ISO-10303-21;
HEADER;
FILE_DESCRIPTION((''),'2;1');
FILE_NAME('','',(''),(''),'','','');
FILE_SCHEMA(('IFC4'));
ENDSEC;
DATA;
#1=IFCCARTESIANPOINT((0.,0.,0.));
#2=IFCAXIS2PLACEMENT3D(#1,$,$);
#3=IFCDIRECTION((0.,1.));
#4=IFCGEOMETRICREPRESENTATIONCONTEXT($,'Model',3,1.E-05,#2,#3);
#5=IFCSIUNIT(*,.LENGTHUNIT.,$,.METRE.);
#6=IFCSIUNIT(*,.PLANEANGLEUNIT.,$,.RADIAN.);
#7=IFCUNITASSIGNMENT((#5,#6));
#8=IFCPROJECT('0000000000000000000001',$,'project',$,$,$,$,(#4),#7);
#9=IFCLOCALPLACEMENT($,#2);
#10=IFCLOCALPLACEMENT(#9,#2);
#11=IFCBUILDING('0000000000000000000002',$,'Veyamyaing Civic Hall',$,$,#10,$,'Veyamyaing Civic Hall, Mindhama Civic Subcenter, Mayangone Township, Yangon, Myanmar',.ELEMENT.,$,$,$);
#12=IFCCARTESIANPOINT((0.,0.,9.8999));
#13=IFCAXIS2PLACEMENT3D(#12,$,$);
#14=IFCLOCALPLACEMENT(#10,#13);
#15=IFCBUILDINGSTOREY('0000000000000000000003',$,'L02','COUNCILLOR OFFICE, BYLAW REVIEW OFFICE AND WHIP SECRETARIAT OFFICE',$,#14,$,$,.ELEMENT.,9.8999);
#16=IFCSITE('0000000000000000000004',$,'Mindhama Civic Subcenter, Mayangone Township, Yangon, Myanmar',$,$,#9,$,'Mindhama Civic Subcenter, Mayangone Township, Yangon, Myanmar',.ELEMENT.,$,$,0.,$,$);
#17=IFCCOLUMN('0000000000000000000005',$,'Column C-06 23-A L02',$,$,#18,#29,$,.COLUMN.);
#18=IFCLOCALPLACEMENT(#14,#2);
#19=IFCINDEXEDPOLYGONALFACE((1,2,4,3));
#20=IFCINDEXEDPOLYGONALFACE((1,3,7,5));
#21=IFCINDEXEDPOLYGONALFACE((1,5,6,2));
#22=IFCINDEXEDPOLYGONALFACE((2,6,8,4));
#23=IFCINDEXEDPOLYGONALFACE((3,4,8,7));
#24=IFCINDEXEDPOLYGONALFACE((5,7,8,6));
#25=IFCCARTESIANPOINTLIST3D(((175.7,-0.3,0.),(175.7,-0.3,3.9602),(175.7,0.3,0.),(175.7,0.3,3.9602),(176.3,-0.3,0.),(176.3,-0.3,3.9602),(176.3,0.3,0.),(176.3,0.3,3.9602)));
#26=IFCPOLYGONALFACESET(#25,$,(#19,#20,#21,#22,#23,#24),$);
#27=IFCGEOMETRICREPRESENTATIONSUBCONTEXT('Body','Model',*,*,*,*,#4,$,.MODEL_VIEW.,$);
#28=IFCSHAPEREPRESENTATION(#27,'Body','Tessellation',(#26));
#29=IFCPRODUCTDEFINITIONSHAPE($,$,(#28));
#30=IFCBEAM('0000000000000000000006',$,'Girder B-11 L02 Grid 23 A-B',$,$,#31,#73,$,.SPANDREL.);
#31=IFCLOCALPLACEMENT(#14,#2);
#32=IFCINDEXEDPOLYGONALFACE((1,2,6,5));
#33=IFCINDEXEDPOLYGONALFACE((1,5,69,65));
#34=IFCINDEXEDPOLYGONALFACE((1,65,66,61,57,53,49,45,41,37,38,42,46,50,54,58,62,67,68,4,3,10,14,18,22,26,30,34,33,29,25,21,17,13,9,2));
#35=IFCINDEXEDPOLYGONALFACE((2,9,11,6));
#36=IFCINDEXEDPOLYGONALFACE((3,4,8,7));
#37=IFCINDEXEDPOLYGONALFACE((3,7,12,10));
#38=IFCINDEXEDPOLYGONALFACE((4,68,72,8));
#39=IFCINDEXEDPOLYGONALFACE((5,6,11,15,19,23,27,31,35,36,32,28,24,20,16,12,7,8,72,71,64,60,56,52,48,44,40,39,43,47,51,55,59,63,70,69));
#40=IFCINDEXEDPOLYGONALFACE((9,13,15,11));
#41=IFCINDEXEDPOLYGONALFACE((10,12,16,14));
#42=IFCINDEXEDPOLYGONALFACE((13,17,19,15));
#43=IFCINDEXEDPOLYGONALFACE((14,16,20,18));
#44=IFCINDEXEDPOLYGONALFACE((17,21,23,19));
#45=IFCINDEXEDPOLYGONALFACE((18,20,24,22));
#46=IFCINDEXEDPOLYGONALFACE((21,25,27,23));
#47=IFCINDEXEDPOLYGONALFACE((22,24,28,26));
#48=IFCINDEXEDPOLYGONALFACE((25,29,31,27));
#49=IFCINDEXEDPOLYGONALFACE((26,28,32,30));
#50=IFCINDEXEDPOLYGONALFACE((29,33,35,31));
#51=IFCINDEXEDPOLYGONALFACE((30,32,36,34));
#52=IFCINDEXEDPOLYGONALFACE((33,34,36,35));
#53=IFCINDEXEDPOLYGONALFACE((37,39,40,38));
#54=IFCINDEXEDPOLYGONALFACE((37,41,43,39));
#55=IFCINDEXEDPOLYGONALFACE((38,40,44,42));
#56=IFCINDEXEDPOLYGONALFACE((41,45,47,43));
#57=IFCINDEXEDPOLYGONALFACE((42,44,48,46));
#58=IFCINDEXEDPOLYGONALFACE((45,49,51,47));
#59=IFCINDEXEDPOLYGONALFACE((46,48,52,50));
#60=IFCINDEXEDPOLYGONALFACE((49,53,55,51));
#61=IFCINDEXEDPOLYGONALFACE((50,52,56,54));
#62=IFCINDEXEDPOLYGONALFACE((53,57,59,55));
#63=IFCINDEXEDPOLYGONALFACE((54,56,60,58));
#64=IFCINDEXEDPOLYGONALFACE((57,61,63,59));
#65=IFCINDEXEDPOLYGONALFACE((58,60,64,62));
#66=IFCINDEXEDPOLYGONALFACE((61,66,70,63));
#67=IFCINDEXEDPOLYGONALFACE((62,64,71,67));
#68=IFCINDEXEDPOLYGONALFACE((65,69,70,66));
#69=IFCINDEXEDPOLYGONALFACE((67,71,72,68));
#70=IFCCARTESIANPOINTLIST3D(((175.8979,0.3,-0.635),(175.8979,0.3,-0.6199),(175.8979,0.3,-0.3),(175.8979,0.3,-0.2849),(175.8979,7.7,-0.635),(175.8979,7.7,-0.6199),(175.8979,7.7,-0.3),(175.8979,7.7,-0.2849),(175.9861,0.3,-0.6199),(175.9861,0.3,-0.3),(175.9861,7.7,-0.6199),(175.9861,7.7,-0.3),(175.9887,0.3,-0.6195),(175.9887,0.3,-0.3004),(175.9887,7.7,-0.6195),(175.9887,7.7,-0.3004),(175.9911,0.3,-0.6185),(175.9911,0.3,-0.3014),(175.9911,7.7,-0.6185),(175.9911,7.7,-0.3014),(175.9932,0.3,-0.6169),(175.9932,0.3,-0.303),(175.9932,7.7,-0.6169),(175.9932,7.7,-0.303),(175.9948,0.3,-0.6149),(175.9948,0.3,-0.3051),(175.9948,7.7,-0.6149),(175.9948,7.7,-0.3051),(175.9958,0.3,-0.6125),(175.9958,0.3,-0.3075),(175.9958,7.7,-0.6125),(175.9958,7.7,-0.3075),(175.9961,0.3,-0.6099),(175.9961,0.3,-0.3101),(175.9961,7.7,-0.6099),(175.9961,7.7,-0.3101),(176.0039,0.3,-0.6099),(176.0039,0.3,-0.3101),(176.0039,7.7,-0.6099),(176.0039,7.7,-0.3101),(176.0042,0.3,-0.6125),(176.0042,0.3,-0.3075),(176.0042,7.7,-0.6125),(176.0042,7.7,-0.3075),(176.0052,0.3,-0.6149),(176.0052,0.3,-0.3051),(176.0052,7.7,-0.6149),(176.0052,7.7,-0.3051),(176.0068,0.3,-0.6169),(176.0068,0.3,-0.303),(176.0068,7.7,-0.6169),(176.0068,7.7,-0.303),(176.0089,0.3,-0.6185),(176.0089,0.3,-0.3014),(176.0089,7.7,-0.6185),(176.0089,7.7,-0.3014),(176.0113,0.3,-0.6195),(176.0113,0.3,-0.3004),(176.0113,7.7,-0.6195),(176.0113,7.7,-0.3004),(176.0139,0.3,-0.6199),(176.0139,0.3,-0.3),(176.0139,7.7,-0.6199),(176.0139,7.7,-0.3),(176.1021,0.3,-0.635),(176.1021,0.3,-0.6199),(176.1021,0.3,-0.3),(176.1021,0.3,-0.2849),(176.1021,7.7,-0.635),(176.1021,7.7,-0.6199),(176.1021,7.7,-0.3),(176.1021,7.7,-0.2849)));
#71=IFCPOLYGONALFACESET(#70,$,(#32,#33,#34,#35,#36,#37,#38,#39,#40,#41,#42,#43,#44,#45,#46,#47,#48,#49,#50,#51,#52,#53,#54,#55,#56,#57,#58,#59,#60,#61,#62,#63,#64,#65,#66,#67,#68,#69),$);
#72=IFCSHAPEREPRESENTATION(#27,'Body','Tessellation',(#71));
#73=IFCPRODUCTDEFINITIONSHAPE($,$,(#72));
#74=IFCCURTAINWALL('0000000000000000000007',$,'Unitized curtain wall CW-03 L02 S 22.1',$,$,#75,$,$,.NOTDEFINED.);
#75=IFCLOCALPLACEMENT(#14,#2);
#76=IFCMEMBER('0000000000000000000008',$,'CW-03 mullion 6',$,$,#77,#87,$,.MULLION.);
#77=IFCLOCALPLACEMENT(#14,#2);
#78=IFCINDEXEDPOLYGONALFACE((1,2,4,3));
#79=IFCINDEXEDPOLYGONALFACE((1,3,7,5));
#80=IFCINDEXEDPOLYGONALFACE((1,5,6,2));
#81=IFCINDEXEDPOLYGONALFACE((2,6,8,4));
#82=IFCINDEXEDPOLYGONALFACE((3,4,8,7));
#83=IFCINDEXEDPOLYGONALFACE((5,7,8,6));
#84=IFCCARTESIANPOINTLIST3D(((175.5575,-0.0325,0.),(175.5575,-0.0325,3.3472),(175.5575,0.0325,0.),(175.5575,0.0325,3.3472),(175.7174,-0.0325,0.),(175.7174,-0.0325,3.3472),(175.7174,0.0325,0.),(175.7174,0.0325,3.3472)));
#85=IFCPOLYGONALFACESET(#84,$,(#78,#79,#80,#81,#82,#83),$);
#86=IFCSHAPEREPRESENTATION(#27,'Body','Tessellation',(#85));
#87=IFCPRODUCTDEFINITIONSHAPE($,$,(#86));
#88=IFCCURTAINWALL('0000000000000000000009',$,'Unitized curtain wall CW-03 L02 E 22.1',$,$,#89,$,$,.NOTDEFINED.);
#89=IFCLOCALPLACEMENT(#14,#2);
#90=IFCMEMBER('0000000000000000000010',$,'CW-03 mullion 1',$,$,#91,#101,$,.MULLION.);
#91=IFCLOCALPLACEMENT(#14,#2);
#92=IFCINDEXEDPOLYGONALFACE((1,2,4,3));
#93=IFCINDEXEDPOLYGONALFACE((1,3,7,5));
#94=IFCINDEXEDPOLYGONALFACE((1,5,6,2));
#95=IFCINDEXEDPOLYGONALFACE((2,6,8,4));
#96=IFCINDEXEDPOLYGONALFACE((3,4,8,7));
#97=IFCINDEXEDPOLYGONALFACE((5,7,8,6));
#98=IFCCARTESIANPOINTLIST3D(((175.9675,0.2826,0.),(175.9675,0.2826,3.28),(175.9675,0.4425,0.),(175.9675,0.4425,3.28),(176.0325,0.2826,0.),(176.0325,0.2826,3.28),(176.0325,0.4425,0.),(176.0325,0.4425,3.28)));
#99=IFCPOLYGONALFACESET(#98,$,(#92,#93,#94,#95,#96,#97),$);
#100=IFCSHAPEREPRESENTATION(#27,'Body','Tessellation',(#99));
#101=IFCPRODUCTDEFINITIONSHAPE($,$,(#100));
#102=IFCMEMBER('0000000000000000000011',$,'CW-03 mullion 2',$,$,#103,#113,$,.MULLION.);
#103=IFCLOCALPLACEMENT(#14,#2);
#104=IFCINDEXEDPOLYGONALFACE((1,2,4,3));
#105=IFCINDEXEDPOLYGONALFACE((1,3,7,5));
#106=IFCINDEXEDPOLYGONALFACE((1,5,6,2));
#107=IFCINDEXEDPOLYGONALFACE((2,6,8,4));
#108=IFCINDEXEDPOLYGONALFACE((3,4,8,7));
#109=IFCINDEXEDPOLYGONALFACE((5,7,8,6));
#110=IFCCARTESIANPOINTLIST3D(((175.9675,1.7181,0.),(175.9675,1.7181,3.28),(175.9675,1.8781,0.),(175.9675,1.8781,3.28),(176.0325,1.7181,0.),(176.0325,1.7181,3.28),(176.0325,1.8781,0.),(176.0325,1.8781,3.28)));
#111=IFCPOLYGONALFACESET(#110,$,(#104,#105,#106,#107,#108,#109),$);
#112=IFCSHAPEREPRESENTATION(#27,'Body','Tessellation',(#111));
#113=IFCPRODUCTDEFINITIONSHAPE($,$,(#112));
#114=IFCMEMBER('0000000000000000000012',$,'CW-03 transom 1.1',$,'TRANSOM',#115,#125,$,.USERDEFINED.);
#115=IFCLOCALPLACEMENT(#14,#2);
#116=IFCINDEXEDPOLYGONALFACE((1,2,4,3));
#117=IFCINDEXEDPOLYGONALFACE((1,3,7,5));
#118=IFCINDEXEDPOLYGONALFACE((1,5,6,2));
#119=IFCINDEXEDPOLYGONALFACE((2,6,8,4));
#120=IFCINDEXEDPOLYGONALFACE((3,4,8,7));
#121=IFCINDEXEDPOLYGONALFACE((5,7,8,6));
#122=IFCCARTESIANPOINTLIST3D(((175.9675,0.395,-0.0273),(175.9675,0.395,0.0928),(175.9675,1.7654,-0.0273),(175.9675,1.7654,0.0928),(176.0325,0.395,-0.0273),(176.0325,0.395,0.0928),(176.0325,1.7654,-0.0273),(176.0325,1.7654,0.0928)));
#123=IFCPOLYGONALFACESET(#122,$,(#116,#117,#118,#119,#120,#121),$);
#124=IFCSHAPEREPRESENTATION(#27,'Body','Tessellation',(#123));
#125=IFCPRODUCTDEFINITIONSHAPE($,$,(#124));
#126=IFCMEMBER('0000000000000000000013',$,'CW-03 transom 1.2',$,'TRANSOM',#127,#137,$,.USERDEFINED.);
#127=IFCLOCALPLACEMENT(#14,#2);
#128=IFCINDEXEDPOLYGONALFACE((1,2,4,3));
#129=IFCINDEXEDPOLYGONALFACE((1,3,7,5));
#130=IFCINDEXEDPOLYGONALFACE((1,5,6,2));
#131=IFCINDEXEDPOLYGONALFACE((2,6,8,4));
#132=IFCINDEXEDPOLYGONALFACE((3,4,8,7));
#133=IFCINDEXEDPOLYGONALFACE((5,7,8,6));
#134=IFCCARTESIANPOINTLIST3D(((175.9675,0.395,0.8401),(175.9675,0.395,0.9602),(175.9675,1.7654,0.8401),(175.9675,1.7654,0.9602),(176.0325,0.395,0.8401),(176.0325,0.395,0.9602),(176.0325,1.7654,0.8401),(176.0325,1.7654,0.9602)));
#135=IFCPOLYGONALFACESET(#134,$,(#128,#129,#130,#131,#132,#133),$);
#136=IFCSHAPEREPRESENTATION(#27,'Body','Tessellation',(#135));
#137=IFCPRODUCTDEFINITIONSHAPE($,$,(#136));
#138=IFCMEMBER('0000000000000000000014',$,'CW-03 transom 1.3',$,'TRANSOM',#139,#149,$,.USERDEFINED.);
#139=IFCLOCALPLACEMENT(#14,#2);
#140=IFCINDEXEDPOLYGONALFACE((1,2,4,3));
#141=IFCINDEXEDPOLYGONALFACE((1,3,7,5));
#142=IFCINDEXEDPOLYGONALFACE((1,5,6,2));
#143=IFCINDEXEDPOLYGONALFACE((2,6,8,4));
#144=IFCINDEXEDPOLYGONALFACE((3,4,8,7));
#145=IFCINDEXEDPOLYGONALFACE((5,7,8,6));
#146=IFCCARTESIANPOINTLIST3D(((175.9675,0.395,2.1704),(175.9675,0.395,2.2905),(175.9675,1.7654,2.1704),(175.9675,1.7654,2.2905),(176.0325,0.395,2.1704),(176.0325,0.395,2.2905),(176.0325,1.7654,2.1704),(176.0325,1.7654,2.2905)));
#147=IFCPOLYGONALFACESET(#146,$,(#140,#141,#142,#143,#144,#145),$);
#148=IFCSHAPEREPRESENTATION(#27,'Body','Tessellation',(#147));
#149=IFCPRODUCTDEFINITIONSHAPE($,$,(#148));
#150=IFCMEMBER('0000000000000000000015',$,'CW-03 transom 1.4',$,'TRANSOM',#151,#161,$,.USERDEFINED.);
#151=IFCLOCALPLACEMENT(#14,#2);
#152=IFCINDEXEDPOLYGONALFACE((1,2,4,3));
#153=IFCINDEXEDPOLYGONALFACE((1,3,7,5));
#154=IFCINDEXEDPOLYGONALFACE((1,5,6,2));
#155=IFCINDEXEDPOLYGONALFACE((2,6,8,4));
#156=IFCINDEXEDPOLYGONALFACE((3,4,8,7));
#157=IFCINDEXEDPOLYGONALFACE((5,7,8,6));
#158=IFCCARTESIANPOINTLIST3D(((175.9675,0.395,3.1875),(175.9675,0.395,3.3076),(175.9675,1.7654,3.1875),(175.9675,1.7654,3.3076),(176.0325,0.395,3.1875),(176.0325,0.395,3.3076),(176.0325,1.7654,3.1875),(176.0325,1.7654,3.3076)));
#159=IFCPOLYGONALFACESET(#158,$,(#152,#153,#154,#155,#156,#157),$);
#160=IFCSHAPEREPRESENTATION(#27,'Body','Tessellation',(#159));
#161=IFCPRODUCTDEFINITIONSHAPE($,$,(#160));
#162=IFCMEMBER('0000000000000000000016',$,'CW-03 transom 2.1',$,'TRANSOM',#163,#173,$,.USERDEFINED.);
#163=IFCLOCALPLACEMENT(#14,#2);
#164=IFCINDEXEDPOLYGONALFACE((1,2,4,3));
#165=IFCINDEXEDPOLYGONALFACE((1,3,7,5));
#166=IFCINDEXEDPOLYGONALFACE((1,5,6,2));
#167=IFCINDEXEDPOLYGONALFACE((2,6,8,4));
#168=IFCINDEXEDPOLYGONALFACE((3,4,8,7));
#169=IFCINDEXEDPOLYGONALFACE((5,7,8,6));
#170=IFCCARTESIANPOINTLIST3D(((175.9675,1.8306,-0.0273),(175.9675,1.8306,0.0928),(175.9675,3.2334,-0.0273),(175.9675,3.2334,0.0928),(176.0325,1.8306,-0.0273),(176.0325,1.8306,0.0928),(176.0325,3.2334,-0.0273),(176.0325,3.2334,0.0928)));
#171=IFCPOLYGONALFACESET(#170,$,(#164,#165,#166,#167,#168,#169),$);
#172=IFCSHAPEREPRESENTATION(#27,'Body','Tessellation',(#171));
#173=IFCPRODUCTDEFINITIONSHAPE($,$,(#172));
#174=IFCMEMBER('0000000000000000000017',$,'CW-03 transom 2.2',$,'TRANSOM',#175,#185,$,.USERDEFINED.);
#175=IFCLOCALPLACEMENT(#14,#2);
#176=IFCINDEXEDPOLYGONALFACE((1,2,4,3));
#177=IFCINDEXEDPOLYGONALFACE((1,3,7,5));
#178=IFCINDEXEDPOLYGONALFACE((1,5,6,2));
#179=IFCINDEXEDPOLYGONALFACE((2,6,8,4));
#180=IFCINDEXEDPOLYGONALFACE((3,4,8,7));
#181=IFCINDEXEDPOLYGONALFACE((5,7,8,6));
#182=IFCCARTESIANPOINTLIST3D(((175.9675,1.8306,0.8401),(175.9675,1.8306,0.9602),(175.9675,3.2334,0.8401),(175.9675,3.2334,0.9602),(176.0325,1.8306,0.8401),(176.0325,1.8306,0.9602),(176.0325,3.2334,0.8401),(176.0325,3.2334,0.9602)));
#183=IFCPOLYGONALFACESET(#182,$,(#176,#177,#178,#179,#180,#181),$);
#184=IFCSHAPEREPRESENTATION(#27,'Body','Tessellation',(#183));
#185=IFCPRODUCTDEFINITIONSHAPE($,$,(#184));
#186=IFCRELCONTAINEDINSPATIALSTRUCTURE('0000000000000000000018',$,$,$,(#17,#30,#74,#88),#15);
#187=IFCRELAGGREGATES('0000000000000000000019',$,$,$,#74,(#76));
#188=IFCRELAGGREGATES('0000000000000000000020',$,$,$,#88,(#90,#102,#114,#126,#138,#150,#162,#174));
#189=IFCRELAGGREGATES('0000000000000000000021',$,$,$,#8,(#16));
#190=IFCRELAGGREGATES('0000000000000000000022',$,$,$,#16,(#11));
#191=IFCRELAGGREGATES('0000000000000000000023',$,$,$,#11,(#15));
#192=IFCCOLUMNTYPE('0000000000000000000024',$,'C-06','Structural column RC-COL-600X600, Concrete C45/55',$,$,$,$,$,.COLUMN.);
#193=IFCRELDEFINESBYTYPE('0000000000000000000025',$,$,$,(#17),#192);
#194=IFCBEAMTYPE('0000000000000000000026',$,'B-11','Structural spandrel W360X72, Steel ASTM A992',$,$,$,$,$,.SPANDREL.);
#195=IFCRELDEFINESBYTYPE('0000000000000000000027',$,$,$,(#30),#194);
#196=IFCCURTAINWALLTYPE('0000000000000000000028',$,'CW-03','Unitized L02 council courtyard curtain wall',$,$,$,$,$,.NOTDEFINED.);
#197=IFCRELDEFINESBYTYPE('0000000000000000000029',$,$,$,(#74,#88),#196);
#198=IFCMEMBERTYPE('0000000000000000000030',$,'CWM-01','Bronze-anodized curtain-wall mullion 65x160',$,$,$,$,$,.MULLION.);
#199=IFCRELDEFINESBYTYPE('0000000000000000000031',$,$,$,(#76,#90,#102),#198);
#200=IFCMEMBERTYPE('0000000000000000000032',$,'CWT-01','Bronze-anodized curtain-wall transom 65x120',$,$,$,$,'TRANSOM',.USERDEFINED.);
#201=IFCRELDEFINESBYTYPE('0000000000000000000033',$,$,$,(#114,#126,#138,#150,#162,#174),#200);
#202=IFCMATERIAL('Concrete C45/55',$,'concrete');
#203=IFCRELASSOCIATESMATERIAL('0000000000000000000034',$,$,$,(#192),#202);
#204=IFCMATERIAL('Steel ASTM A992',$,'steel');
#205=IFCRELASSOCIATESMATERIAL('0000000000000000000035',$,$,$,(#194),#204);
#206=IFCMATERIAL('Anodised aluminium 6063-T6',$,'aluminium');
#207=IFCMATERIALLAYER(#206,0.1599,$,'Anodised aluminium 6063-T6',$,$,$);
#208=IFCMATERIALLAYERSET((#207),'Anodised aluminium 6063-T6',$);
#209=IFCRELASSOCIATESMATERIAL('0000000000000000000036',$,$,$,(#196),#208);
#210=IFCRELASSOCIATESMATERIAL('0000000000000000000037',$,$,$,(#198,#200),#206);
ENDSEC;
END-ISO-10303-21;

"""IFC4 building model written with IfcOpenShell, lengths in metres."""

from ifc_helpers import new_model, si_unit, direction, frame, origin, origin_2d, place, context, subcontext, project, spatial, rectangle, i_section, extrude, material, layer, layer_set, material_profile, profile_set, type_object, element, aggregate, save


model = new_model("IFC4")

# Units and contexts
model_context = context("Model", 3, precision=1e-05, world=origin(), true_north=direction((0.0, 1.0)))
body_context = subcontext(model_context, "Body", "Model", "MODEL_VIEW")
ifc_project = project(units=[si_unit("LENGTHUNIT", "METRE"), si_unit("PLANEANGLEUNIT", "RADIAN")], contexts=[model_context])

# Site, building, storey
site_placement = place(None, origin())
site = spatial("IfcSite", under=ifc_project, at=site_placement, Name="Mindhama Civic Subcenter, Mayangone Township, Yangon, Myanmar", LongName="Mindhama Civic Subcenter, Mayangone Township, Yangon, Myanmar", CompositionType="ELEMENT", RefElevation=0.0)
building_placement = place(site_placement, origin())
building = spatial("IfcBuilding", under=site, at=building_placement, Name="Veyamyaing Civic Hall", LongName="Veyamyaing Civic Hall, Mindhama Civic Subcenter, Mayangone Township, Yangon, Myanmar", CompositionType="ELEMENT")
storey_placement = place(building_placement, frame((0.0, 0.0, 9.8999)))
storey = spatial("IfcBuildingStorey", under=building, at=storey_placement, Name="L02", Description="COUNCILLOR OFFICE, BYLAW REVIEW OFFICE AND WHIP SECRETARIAT OFFICE", CompositionType="ELEMENT", Elevation=9.8999)

# Column
ifc_material_1 = material(Name="Concrete C45/55", Category="concrete")
ifc_material_profile_1 = material_profile(ifc_material_1, rectangle(XDim=0.6001, YDim=0.6001, at=origin_2d()), Name="RC-COL-600X600")
ifc_profile_set_1 = profile_set([ifc_material_profile_1], Name="Concrete C45/55")
column_type = type_object("IfcColumnType", Name="C-06", Description="Structural column RC-COL-600X600, Concrete C45/55", PredefinedType="COLUMN", material=ifc_profile_set_1)
column_placement = place(storey_placement, frame((176.0, 0.0, 0.0), z_axis=(0.0, 0.0, 1.0), x_axis=(1.0, 0.0, 0.0)))
element("IfcColumn", 1, at=column_placement, inside=storey, type_object=column_type, Name="Column C-06 23-A L02", PredefinedType="COLUMN", context=body_context, shape_type="SweptSolid", body=[
    extrude(rectangle(XDim=0.6001, YDim=0.6001, at=origin_2d()), origin(), (0.0, 0.0, 1.0), 3.9602),
])

# Beam
ifc_material_2 = material(Name="Steel ASTM A992", Category="steel")
ifc_material_profile_2 = material_profile(ifc_material_2, i_section(OverallWidth=0.2041, OverallDepth=0.3501, WebThickness=0.0078, FlangeThickness=0.0151, FilletRadius=0.01, at=origin_2d()), Name="W360X72")
ifc_profile_set_2 = profile_set([ifc_material_profile_2], Name="Steel ASTM A992")
beam_type = type_object("IfcBeamType", Name="B-11", Description="Structural spandrel W360X72, Steel ASTM A992", PredefinedType="SPANDREL", material=ifc_profile_set_2)
beam_placement = place(storey_placement, frame((176.0, 0.3, -0.46), z_axis=(0.0, 1.0, 0.0), x_axis=(-1.0, 0.0, 0.0)))
element("IfcBeam", 2, at=beam_placement, inside=storey, type_object=beam_type, Name="Girder B-11 L02 Grid 23 A-B", PredefinedType="SPANDREL", context=body_context, shape_type="SweptSolid", body=[
    extrude(i_section(OverallWidth=0.2041, OverallDepth=0.3501, WebThickness=0.0078, FlangeThickness=0.0151, FilletRadius=0.01, at=origin_2d()), origin(), (0.0, 0.0, 1.0), 7.3999),
])

# Curtain wall, member
ifc_material_3 = material(Name="Anodised aluminium 6063-T6", Category="aluminium")
ifc_layer_1 = layer(ifc_material_3, 0.1599, Name="Anodised aluminium 6063-T6")
ifc_layer_set_1 = layer_set([ifc_layer_1], Name="Anodised aluminium 6063-T6")
curtain_wall_type = type_object("IfcCurtainWallType", Name="CW-03", Description="Unitized L02 council courtyard curtain wall", PredefinedType="NOTDEFINED", material=ifc_layer_set_1)
curtain_wall_1_placement = place(storey_placement, origin())
curtain_wall_1 = element("IfcCurtainWall", 3, at=curtain_wall_1_placement, inside=storey, type_object=curtain_wall_type, Name="Unitized curtain wall CW-03 L02 S 22.1", PredefinedType="NOTDEFINED")
ifc_material_profile_3 = material_profile(ifc_material_3, rectangle(XDim=0.0649, YDim=0.1599, at=origin_2d()), Name="ALU-MUL-65X160")
ifc_profile_set_3 = profile_set([ifc_material_profile_3], Name="Anodised aluminium 6063-T6")
member_type_1 = type_object("IfcMemberType", Name="CWM-01", Description="Bronze-anodized curtain-wall mullion 65x160", PredefinedType="MULLION", material=ifc_profile_set_3)
member_1_placement = place(storey_placement, frame((175.6375, 0.0, 0.0), z_axis=(0.0, 0.0, 1.0), x_axis=(0.0, 1.0, 0.0)))
member_1 = element("IfcMember", 4, at=member_1_placement, type_object=member_type_1, Name="CW-03 mullion 6", PredefinedType="MULLION", context=body_context, shape_type="SweptSolid", body=[
    extrude(rectangle(XDim=0.0649, YDim=0.1599, at=origin_2d()), origin(), (0.0, 0.0, 1.0), 3.3472),
])

# Curtain wall, members
curtain_wall_2_placement = place(storey_placement, origin())
curtain_wall_2 = element("IfcCurtainWall", 5, at=curtain_wall_2_placement, inside=storey, type_object=curtain_wall_type, Name="Unitized curtain wall CW-03 L02 E 22.1", PredefinedType="NOTDEFINED")
member_2_placement = place(storey_placement, frame((176.0, 0.3625, 0.0), z_axis=(0.0, 0.0, 1.0), x_axis=(-1.0, 0.0, 0.0)))
member_2 = element("IfcMember", 6, at=member_2_placement, type_object=member_type_1, Name="CW-03 mullion 1", PredefinedType="MULLION", context=body_context, shape_type="SweptSolid", body=[
    extrude(rectangle(XDim=0.0649, YDim=0.1599, at=origin_2d()), origin(), (0.0, 0.0, 1.0), 3.28),
])
member_3_placement = place(storey_placement, frame((176.0, 1.7981, 0.0), z_axis=(0.0, 0.0, 1.0), x_axis=(-1.0, 0.0, 0.0)))
member_3 = element("IfcMember", 7, at=member_3_placement, type_object=member_type_1, Name="CW-03 mullion 2", PredefinedType="MULLION", context=body_context, shape_type="SweptSolid", body=[
    extrude(rectangle(XDim=0.0649, YDim=0.1599, at=origin_2d()), origin(), (0.0, 0.0, 1.0), 3.28),
])
ifc_material_profile_4 = material_profile(ifc_material_3, rectangle(XDim=0.0649, YDim=0.1201, at=origin_2d()), Name="ALU-TRN-65X120")
ifc_profile_set_4 = profile_set([ifc_material_profile_4], Name="Anodised aluminium 6063-T6")
member_type_2 = type_object("IfcMemberType", Name="CWT-01", Description="Bronze-anodized curtain-wall transom 65x120", ElementType="TRANSOM", PredefinedType="USERDEFINED", material=ifc_profile_set_4)
member_4_placement = place(storey_placement, frame((176.0, 0.395, 0.0327), z_axis=(0.0, 1.0, 0.0), x_axis=(-1.0, 0.0, 0.0)))
member_4 = element("IfcMember", 8, at=member_4_placement, type_object=member_type_2, Name="CW-03 transom 1.1", ObjectType="TRANSOM", PredefinedType="USERDEFINED", context=body_context, shape_type="SweptSolid", body=[
    extrude(rectangle(XDim=0.0649, YDim=0.1201, at=origin_2d()), origin(), (0.0, 0.0, 1.0), 1.3704),
])
member_5_placement = place(storey_placement, frame((176.0, 0.395, 0.9001), z_axis=(0.0, 1.0, 0.0), x_axis=(-1.0, 0.0, 0.0)))
member_5 = element("IfcMember", 9, at=member_5_placement, type_object=member_type_2, Name="CW-03 transom 1.2", ObjectType="TRANSOM", PredefinedType="USERDEFINED", context=body_context, shape_type="SweptSolid", body=[
    extrude(rectangle(XDim=0.0649, YDim=0.1201, at=origin_2d()), origin(), (0.0, 0.0, 1.0), 1.3704),
])
member_6_placement = place(storey_placement, frame((176.0, 0.395, 2.2305), z_axis=(0.0, 1.0, 0.0), x_axis=(-1.0, 0.0, 0.0)))
member_6 = element("IfcMember", 10, at=member_6_placement, type_object=member_type_2, Name="CW-03 transom 1.3", ObjectType="TRANSOM", PredefinedType="USERDEFINED", context=body_context, shape_type="SweptSolid", body=[
    extrude(rectangle(XDim=0.0649, YDim=0.1201, at=origin_2d()), origin(), (0.0, 0.0, 1.0), 1.3704),
])
member_7_placement = place(storey_placement, frame((176.0, 0.395, 3.2476), z_axis=(0.0, 1.0, 0.0), x_axis=(-1.0, 0.0, 0.0)))
member_7 = element("IfcMember", 11, at=member_7_placement, type_object=member_type_2, Name="CW-03 transom 1.4", ObjectType="TRANSOM", PredefinedType="USERDEFINED", context=body_context, shape_type="SweptSolid", body=[
    extrude(rectangle(XDim=0.0649, YDim=0.1201, at=origin_2d()), origin(), (0.0, 0.0, 1.0), 1.3704),
])
member_8_placement = place(storey_placement, frame((176.0, 1.8306, 0.0327), z_axis=(0.0, 1.0, 0.0), x_axis=(-1.0, 0.0, 0.0)))
member_8 = element("IfcMember", 12, at=member_8_placement, type_object=member_type_2, Name="CW-03 transom 2.1", ObjectType="TRANSOM", PredefinedType="USERDEFINED", context=body_context, shape_type="SweptSolid", body=[
    extrude(rectangle(XDim=0.0649, YDim=0.1201, at=origin_2d()), origin(), (0.0, 0.0, 1.0), 1.4028),
])
member_9_placement = place(storey_placement, frame((176.0, 1.8306, 0.9001), z_axis=(0.0, 1.0, 0.0), x_axis=(-1.0, 0.0, 0.0)))
member_9 = element("IfcMember", 13, at=member_9_placement, type_object=member_type_2, Name="CW-03 transom 2.2", ObjectType="TRANSOM", PredefinedType="USERDEFINED", context=body_context, shape_type="SweptSolid", body=[
    extrude(rectangle(XDim=0.0649, YDim=0.1201, at=origin_2d()), origin(), (0.0, 0.0, 1.0), 1.4028),
])

aggregate(curtain_wall_1, [member_1])
aggregate(curtain_wall_2, [member_2, member_3, member_4, member_5, member_6, member_7, member_8, member_9])

save(model, "model.ifc")
